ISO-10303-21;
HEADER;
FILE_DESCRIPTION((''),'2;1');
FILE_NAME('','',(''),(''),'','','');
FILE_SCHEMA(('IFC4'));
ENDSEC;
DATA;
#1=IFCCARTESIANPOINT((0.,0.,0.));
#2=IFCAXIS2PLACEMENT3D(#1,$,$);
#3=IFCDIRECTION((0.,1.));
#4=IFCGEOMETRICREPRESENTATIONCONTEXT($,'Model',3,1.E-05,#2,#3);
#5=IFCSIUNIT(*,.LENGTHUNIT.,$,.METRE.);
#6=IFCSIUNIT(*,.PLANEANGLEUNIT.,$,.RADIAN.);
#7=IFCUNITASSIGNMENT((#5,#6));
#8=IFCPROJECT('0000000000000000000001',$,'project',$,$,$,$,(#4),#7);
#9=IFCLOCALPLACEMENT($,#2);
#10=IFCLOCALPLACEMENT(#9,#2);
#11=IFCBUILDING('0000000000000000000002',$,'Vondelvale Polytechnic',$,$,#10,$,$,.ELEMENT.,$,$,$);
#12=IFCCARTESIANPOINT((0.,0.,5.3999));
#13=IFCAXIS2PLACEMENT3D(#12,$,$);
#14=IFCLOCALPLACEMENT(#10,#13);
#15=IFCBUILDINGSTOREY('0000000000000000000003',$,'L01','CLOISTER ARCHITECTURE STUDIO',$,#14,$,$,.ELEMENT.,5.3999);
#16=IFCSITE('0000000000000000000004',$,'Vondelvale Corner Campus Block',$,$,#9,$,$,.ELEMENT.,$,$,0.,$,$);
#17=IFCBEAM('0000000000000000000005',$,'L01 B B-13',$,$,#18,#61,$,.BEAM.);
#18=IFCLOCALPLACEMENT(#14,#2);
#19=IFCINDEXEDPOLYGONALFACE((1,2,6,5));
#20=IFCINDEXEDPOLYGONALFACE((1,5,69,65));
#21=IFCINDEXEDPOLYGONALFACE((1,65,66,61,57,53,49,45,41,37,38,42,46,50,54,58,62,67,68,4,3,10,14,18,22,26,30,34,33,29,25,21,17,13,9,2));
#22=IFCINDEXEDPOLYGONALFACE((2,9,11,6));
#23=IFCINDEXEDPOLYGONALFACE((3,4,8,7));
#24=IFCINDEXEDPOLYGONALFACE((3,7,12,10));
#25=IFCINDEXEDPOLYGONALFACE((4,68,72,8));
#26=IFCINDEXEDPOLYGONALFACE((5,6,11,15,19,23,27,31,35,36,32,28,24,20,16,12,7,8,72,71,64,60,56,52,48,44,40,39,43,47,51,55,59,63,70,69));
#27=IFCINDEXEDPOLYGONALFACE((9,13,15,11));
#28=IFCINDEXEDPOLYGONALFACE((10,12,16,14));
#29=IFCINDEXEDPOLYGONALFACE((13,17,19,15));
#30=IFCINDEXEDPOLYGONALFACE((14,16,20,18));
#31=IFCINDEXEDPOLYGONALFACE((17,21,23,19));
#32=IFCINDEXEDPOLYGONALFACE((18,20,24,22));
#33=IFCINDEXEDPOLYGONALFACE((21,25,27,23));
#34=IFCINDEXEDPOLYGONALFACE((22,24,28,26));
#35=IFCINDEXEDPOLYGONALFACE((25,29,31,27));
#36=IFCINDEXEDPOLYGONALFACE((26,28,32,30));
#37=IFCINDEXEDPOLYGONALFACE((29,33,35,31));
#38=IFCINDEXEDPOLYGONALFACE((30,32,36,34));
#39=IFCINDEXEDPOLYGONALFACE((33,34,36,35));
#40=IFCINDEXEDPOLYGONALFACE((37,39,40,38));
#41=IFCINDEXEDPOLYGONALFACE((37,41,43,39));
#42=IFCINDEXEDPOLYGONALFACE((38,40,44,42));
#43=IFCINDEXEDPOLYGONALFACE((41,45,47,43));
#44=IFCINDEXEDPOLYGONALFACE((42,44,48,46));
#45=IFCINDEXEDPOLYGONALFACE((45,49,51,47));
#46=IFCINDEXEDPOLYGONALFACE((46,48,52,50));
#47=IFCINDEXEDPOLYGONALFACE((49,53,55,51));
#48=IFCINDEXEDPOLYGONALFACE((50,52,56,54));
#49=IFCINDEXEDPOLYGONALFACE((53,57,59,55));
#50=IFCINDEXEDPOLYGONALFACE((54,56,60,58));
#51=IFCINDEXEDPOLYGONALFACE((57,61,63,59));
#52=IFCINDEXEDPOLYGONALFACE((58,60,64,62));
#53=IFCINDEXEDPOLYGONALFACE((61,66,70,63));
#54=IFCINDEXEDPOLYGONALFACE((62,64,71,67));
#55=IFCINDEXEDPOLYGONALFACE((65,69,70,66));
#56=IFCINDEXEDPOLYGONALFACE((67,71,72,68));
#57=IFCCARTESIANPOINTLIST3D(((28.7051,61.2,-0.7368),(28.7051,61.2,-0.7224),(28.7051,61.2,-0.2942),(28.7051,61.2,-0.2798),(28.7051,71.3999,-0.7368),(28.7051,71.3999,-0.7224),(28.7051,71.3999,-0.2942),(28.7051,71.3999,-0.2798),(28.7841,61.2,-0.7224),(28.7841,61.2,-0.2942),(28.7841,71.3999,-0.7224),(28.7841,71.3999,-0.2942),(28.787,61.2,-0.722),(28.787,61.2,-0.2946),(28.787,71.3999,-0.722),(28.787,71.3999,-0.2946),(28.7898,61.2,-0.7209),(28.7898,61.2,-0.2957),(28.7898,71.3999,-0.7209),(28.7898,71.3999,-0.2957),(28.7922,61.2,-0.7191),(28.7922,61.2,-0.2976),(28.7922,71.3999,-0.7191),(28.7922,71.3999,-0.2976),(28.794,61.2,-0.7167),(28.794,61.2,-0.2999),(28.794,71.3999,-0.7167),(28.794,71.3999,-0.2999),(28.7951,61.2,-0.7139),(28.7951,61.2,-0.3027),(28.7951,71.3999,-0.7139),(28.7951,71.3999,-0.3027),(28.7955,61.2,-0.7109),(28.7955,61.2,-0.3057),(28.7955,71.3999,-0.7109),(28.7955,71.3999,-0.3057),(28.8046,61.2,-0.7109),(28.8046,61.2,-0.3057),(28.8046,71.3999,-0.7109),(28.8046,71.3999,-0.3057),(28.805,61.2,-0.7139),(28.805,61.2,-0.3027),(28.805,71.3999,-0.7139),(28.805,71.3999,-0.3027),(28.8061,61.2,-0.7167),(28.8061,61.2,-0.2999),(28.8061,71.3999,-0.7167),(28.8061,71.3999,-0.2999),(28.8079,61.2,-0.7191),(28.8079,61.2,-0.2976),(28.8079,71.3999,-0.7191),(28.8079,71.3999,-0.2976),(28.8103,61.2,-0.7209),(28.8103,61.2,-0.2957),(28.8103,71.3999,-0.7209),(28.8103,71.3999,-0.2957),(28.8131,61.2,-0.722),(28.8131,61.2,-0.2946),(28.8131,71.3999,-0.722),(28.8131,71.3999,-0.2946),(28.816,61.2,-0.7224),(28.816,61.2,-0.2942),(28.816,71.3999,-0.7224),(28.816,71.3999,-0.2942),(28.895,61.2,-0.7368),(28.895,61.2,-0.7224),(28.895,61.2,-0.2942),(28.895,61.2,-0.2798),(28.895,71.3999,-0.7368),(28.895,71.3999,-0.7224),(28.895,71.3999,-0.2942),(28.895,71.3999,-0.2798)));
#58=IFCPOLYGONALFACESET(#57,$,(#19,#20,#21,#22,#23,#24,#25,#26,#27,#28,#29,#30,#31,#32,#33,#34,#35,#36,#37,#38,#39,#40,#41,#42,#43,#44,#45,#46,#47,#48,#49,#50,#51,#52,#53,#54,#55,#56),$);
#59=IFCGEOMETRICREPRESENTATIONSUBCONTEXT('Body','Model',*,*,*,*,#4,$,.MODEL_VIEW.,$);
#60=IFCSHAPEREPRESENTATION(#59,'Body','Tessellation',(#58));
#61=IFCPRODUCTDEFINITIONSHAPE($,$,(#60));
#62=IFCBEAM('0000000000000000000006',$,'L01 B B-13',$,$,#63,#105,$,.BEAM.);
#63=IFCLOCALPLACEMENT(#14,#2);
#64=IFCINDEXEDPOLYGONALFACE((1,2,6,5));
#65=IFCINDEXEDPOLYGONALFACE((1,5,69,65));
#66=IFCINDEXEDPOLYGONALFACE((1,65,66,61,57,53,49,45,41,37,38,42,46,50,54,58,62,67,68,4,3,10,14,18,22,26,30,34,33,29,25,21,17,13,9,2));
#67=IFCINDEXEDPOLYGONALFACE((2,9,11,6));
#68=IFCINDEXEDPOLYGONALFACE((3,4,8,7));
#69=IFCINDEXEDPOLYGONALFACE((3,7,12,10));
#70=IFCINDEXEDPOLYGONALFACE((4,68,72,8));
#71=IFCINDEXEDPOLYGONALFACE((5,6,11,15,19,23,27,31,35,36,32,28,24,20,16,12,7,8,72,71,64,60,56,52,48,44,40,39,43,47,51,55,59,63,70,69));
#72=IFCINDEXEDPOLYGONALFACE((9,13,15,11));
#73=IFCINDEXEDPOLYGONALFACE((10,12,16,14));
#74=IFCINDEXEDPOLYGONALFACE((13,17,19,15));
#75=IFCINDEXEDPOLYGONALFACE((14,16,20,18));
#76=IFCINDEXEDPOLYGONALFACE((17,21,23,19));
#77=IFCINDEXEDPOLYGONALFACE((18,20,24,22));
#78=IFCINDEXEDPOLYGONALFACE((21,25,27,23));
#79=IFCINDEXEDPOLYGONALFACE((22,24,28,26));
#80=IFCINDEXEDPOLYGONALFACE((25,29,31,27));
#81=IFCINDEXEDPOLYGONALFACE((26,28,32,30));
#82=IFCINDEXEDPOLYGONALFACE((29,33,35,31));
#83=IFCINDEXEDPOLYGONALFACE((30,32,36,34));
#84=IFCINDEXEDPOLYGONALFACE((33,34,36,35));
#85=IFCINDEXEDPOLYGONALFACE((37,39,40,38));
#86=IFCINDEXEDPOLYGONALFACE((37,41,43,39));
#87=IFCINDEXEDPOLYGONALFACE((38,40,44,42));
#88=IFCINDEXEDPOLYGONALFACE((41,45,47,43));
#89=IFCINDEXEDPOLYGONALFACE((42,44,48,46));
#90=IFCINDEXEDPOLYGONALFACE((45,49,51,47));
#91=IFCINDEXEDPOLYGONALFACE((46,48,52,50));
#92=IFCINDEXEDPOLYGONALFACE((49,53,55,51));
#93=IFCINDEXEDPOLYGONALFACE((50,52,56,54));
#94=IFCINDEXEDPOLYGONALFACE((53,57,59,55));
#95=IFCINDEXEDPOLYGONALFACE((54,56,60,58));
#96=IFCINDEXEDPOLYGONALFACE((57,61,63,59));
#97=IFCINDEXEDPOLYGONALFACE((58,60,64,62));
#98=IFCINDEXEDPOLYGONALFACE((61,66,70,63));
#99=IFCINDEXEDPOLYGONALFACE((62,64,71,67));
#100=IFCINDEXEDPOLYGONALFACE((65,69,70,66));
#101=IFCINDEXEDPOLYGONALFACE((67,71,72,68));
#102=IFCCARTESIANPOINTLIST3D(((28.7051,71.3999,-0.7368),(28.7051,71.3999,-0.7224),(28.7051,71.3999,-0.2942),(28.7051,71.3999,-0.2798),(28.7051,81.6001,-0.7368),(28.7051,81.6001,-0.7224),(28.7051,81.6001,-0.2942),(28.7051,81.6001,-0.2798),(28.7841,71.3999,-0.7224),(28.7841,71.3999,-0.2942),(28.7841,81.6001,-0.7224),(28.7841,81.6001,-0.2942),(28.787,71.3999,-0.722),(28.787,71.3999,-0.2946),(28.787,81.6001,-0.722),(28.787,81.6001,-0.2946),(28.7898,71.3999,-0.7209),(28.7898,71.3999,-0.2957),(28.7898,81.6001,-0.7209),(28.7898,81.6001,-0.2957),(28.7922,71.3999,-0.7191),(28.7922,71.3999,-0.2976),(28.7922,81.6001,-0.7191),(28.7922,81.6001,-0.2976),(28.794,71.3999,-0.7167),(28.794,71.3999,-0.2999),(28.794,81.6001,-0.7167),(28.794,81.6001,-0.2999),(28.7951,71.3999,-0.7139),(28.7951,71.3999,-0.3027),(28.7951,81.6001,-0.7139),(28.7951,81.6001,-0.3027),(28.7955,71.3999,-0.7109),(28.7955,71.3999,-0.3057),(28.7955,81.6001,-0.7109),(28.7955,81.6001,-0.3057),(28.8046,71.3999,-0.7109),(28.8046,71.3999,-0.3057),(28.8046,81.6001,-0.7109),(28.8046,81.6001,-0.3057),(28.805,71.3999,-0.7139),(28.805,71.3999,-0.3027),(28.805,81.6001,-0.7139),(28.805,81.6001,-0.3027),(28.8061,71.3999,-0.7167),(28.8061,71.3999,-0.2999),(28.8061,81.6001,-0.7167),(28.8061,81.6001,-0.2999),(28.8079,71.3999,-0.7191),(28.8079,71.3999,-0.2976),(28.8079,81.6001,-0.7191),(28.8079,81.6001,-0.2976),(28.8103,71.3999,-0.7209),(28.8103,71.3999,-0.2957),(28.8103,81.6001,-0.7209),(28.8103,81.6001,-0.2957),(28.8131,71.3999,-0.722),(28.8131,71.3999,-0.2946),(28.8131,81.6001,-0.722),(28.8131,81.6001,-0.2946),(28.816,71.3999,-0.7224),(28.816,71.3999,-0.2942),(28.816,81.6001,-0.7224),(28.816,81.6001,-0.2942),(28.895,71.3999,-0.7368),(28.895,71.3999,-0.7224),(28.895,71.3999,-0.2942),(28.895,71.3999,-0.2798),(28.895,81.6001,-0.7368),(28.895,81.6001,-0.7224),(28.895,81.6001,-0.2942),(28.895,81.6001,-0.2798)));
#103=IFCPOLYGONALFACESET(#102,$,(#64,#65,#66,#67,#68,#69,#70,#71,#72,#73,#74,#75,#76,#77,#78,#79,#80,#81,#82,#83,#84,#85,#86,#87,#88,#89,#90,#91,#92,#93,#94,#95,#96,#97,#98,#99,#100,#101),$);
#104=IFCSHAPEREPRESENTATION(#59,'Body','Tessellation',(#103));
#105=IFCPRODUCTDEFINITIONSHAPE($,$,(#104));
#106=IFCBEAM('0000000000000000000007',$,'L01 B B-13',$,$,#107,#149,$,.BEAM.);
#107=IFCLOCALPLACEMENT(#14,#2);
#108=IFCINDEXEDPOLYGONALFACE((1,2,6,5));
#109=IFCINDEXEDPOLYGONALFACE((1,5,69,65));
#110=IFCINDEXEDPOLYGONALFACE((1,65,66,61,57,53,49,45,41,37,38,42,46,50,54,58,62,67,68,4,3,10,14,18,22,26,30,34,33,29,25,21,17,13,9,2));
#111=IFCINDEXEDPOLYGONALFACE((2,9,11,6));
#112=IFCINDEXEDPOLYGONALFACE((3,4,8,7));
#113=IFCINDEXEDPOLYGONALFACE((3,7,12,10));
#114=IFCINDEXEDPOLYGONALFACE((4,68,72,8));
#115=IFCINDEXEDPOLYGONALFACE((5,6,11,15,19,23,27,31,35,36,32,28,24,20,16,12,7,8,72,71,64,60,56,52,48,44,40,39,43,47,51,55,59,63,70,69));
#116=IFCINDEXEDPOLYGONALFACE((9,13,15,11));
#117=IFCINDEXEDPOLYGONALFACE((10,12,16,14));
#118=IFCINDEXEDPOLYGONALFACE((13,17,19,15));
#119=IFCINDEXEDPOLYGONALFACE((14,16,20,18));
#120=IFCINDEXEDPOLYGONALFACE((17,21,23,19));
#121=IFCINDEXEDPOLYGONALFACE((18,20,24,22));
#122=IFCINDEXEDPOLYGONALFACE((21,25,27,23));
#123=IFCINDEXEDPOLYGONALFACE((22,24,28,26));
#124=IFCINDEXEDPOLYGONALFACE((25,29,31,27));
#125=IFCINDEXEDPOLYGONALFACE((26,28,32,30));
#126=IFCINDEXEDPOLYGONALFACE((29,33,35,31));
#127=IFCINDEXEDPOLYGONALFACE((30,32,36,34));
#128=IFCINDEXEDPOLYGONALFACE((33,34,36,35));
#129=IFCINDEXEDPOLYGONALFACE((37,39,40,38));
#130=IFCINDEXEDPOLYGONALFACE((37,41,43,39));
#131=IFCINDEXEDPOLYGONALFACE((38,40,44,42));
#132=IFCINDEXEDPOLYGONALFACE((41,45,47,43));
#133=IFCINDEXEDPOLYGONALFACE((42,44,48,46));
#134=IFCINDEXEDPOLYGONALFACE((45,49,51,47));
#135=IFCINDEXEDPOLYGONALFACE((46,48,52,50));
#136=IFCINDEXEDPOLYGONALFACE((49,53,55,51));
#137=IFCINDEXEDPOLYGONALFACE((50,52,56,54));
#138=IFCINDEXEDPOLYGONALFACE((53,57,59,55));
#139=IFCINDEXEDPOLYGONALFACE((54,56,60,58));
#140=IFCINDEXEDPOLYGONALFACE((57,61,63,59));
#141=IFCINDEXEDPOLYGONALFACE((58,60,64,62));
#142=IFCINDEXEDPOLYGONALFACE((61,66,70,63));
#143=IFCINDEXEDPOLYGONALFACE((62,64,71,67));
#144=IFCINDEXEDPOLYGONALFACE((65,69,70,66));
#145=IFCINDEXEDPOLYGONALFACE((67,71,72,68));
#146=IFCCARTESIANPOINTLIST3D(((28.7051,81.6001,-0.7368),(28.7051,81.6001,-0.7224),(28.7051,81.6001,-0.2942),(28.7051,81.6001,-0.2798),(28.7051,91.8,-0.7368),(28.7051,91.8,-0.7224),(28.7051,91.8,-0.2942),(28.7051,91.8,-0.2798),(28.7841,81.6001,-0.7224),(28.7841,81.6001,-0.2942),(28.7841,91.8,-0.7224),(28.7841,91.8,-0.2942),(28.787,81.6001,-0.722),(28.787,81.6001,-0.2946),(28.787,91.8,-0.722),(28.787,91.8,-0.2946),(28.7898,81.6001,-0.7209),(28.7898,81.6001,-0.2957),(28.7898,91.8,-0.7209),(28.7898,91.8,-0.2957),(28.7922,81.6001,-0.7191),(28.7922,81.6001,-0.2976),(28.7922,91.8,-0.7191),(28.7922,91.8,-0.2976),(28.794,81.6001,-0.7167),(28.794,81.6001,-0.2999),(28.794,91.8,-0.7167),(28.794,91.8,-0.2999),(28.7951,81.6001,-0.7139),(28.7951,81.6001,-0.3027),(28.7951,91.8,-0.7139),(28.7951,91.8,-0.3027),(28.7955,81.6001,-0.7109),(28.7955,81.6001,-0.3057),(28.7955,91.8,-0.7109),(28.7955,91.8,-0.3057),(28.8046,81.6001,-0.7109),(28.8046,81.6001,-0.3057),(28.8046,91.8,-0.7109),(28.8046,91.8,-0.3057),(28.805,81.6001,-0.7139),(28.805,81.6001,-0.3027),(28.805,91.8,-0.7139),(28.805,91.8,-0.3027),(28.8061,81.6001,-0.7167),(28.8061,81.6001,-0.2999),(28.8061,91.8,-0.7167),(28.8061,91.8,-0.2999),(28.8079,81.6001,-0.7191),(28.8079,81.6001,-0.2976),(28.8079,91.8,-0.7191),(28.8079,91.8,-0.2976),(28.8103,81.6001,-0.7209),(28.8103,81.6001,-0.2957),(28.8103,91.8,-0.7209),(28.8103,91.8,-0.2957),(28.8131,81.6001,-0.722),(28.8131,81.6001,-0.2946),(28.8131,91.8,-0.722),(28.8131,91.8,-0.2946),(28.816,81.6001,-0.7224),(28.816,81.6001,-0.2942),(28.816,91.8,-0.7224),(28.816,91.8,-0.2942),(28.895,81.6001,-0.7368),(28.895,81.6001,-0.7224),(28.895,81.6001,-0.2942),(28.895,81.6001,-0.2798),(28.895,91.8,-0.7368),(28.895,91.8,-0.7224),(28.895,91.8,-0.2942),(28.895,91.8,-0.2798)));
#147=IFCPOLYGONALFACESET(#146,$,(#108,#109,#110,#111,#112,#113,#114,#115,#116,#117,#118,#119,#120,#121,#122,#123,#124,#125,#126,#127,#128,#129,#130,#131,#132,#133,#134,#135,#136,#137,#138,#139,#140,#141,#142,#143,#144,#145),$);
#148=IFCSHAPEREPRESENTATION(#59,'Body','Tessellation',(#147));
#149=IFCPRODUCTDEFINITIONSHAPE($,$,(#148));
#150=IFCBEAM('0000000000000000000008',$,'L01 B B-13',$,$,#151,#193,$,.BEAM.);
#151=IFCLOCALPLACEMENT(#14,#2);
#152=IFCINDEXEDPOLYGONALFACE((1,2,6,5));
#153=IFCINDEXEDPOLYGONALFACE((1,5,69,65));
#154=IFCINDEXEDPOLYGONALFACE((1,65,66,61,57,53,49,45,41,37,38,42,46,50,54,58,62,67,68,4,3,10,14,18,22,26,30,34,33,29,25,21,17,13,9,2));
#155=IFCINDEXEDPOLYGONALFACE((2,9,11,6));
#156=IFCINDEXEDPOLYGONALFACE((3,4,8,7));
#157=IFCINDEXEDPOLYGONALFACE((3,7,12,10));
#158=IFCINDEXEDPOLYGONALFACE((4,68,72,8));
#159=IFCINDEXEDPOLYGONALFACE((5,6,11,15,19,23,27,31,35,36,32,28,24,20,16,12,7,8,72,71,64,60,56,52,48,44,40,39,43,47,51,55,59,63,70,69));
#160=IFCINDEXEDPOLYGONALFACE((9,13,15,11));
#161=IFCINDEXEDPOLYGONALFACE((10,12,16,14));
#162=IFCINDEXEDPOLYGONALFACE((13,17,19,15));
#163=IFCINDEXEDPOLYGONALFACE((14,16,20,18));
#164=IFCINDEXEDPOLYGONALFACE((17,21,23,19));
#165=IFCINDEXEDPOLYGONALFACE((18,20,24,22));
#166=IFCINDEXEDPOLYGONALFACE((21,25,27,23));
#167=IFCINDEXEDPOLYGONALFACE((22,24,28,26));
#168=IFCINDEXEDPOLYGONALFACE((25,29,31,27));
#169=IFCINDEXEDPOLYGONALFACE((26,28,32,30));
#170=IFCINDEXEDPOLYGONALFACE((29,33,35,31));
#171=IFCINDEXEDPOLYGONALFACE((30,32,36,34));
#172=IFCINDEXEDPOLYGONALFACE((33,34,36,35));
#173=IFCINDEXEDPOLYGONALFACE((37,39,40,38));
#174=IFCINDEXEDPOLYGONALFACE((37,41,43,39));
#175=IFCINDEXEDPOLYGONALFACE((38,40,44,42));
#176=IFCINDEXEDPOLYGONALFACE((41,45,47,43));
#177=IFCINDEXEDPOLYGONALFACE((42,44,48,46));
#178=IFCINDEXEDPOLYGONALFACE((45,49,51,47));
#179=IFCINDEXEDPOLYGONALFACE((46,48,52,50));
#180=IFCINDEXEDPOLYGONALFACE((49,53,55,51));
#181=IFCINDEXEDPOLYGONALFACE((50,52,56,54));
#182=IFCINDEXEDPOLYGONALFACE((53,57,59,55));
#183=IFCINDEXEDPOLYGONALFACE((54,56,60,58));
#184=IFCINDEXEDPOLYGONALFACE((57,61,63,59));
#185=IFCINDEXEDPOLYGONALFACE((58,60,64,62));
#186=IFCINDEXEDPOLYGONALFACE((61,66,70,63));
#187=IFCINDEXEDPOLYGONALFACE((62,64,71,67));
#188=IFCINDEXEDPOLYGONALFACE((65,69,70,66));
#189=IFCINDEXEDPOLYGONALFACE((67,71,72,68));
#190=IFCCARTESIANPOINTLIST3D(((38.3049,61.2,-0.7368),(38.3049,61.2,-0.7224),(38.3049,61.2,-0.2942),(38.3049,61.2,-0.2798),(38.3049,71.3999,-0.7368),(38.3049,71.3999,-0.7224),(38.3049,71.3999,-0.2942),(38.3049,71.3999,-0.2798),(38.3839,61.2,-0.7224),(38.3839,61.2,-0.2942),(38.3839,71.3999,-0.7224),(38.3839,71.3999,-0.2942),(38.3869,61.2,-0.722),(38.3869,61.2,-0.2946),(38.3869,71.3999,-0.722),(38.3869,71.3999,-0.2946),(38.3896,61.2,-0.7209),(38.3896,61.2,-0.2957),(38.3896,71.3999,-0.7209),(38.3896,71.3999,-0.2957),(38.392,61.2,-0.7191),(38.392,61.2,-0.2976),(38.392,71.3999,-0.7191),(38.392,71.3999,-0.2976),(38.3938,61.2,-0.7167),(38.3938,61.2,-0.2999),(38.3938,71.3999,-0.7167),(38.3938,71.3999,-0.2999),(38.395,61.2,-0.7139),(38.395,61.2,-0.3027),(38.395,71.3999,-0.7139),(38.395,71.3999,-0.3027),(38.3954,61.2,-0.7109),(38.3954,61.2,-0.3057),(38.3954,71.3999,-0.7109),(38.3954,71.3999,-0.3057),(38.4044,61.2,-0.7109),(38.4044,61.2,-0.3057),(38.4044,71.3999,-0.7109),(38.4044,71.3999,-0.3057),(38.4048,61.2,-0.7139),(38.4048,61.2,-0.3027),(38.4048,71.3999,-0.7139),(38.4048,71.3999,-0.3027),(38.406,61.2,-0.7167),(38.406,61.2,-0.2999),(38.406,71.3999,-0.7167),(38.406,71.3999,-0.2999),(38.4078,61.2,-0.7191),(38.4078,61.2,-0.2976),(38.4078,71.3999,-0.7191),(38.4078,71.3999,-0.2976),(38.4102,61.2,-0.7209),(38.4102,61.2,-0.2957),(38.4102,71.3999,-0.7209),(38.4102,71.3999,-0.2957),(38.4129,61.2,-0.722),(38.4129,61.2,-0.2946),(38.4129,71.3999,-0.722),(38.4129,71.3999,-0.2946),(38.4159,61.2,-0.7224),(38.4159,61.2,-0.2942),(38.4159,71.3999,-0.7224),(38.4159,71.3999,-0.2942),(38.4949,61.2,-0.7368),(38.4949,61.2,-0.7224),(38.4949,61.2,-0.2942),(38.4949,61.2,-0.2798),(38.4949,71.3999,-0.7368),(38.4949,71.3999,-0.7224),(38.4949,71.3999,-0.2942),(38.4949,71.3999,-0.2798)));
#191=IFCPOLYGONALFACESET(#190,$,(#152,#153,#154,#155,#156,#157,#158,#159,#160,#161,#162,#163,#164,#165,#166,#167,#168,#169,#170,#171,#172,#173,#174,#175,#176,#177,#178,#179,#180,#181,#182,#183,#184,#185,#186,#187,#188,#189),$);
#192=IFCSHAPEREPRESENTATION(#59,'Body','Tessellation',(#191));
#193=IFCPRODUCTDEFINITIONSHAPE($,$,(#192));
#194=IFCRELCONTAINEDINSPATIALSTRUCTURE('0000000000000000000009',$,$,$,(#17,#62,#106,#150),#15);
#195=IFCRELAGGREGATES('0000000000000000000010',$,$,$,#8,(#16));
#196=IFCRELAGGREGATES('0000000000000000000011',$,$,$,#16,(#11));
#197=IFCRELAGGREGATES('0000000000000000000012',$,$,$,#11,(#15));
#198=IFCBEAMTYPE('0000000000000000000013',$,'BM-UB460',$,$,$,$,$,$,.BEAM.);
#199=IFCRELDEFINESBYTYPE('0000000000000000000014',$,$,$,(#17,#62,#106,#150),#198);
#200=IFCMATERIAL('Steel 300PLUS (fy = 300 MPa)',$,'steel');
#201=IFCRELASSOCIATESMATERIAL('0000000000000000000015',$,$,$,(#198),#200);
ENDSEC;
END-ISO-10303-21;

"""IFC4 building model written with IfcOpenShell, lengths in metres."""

from ifc_helpers import new_model, si_unit, direction, frame, origin, origin_2d, place, context, subcontext, project, spatial, i_section, extrude, material, material_profile, profile_set, type_object, element, save


model = new_model("IFC4")

# Units and contexts
model_context = context("Model", 3, precision=1e-05, world=origin(), true_north=direction((0.0, 1.0)))
body_context = subcontext(model_context, "Body", "Model", "MODEL_VIEW")
ifc_project = project(units=[si_unit("LENGTHUNIT", "METRE"), si_unit("PLANEANGLEUNIT", "RADIAN")], contexts=[model_context])

# Site, building, storey
site_placement = place(None, origin())
site = spatial("IfcSite", under=ifc_project, at=site_placement, Name="Vondelvale Corner Campus Block", CompositionType="ELEMENT", RefElevation=0.0)
building_placement = place(site_placement, origin())
building = spatial("IfcBuilding", under=site, at=building_placement, Name="Vondelvale Polytechnic", CompositionType="ELEMENT")
storey_placement = place(building_placement, frame((0.0, 0.0, 5.3999)))
storey = spatial("IfcBuildingStorey", under=building, at=storey_placement, Name="L01", Description="CLOISTER ARCHITECTURE STUDIO", CompositionType="ELEMENT", Elevation=5.3999)

# Shared definitions
ifc_material_1 = material(Name="Steel 300PLUS (fy = 300 MPa)", Category="steel")

# Beams
ifc_material_profile_1 = material_profile(ifc_material_1, i_section(OverallWidth=0.1899, OverallDepth=0.457, WebThickness=0.009, FlangeThickness=0.0144, FilletRadius=0.0115, at=origin_2d()), Name="460UB74.6")
ifc_profile_set_1 = profile_set([ifc_material_profile_1], Name="Steel 300PLUS (fy = 300 MPa)")
beam_type_1 = type_object("IfcBeamType", Name="BM-UB460", PredefinedType="BEAM", material=ifc_profile_set_1)
beam_1_placement = place(storey_placement, frame((28.8, 61.2, -0.5083), z_axis=(0.0, 1.0, 0.0), x_axis=(-1.0, 0.0, 0.0)))
element("IfcBeam", 1, at=beam_1_placement, inside=storey, type_object=beam_type_1, Name="L01 B B-13", PredefinedType="BEAM", context=body_context, shape_type="SweptSolid", body=[
    extrude(i_section(OverallWidth=0.1899, OverallDepth=0.457, WebThickness=0.009, FlangeThickness=0.0144, FilletRadius=0.0115, at=origin_2d()), origin(), (0.0, 0.0, 1.0), 10.2),
])
beam_2_placement = place(storey_placement, frame((28.8, 71.3999, -0.5083), z_axis=(0.0, 1.0, 0.0), x_axis=(-1.0, 0.0, 0.0)))
element("IfcBeam", 2, at=beam_2_placement, inside=storey, type_object=beam_type_1, Name="L01 B B-13", PredefinedType="BEAM", context=body_context, shape_type="SweptSolid", body=[
    extrude(i_section(OverallWidth=0.1899, OverallDepth=0.457, WebThickness=0.009, FlangeThickness=0.0144, FilletRadius=0.0115, at=origin_2d()), origin(), (0.0, 0.0, 1.0), 10.2002),
])
for number, where, z_axis, x_axis, name in (
    (3, (28.8, 81.6001, -0.5083), (0.0, 1.0, 0.0), (-1.0, 0.0, 0.0), "L01 B B-13"),
    (4, (38.3999, 61.2, -0.5083), (0.0, 1.0, 0.0), (-1.0, 0.0, 0.0), "L01 B B-13"),
):
    element("IfcBeam", number, at=place(storey_placement, frame(where, z_axis=z_axis, x_axis=x_axis)), inside=storey, type_object=beam_type_1, Name=name, PredefinedType="BEAM", context=body_context, shape_type="SweptSolid", body=[
        extrude(i_section(OverallWidth=0.1899, OverallDepth=0.457, WebThickness=0.009, FlangeThickness=0.0144, FilletRadius=0.0115, at=origin_2d()), origin(), (0.0, 0.0, 1.0), 10.2),
    ])

save(model, "model.ifc")
